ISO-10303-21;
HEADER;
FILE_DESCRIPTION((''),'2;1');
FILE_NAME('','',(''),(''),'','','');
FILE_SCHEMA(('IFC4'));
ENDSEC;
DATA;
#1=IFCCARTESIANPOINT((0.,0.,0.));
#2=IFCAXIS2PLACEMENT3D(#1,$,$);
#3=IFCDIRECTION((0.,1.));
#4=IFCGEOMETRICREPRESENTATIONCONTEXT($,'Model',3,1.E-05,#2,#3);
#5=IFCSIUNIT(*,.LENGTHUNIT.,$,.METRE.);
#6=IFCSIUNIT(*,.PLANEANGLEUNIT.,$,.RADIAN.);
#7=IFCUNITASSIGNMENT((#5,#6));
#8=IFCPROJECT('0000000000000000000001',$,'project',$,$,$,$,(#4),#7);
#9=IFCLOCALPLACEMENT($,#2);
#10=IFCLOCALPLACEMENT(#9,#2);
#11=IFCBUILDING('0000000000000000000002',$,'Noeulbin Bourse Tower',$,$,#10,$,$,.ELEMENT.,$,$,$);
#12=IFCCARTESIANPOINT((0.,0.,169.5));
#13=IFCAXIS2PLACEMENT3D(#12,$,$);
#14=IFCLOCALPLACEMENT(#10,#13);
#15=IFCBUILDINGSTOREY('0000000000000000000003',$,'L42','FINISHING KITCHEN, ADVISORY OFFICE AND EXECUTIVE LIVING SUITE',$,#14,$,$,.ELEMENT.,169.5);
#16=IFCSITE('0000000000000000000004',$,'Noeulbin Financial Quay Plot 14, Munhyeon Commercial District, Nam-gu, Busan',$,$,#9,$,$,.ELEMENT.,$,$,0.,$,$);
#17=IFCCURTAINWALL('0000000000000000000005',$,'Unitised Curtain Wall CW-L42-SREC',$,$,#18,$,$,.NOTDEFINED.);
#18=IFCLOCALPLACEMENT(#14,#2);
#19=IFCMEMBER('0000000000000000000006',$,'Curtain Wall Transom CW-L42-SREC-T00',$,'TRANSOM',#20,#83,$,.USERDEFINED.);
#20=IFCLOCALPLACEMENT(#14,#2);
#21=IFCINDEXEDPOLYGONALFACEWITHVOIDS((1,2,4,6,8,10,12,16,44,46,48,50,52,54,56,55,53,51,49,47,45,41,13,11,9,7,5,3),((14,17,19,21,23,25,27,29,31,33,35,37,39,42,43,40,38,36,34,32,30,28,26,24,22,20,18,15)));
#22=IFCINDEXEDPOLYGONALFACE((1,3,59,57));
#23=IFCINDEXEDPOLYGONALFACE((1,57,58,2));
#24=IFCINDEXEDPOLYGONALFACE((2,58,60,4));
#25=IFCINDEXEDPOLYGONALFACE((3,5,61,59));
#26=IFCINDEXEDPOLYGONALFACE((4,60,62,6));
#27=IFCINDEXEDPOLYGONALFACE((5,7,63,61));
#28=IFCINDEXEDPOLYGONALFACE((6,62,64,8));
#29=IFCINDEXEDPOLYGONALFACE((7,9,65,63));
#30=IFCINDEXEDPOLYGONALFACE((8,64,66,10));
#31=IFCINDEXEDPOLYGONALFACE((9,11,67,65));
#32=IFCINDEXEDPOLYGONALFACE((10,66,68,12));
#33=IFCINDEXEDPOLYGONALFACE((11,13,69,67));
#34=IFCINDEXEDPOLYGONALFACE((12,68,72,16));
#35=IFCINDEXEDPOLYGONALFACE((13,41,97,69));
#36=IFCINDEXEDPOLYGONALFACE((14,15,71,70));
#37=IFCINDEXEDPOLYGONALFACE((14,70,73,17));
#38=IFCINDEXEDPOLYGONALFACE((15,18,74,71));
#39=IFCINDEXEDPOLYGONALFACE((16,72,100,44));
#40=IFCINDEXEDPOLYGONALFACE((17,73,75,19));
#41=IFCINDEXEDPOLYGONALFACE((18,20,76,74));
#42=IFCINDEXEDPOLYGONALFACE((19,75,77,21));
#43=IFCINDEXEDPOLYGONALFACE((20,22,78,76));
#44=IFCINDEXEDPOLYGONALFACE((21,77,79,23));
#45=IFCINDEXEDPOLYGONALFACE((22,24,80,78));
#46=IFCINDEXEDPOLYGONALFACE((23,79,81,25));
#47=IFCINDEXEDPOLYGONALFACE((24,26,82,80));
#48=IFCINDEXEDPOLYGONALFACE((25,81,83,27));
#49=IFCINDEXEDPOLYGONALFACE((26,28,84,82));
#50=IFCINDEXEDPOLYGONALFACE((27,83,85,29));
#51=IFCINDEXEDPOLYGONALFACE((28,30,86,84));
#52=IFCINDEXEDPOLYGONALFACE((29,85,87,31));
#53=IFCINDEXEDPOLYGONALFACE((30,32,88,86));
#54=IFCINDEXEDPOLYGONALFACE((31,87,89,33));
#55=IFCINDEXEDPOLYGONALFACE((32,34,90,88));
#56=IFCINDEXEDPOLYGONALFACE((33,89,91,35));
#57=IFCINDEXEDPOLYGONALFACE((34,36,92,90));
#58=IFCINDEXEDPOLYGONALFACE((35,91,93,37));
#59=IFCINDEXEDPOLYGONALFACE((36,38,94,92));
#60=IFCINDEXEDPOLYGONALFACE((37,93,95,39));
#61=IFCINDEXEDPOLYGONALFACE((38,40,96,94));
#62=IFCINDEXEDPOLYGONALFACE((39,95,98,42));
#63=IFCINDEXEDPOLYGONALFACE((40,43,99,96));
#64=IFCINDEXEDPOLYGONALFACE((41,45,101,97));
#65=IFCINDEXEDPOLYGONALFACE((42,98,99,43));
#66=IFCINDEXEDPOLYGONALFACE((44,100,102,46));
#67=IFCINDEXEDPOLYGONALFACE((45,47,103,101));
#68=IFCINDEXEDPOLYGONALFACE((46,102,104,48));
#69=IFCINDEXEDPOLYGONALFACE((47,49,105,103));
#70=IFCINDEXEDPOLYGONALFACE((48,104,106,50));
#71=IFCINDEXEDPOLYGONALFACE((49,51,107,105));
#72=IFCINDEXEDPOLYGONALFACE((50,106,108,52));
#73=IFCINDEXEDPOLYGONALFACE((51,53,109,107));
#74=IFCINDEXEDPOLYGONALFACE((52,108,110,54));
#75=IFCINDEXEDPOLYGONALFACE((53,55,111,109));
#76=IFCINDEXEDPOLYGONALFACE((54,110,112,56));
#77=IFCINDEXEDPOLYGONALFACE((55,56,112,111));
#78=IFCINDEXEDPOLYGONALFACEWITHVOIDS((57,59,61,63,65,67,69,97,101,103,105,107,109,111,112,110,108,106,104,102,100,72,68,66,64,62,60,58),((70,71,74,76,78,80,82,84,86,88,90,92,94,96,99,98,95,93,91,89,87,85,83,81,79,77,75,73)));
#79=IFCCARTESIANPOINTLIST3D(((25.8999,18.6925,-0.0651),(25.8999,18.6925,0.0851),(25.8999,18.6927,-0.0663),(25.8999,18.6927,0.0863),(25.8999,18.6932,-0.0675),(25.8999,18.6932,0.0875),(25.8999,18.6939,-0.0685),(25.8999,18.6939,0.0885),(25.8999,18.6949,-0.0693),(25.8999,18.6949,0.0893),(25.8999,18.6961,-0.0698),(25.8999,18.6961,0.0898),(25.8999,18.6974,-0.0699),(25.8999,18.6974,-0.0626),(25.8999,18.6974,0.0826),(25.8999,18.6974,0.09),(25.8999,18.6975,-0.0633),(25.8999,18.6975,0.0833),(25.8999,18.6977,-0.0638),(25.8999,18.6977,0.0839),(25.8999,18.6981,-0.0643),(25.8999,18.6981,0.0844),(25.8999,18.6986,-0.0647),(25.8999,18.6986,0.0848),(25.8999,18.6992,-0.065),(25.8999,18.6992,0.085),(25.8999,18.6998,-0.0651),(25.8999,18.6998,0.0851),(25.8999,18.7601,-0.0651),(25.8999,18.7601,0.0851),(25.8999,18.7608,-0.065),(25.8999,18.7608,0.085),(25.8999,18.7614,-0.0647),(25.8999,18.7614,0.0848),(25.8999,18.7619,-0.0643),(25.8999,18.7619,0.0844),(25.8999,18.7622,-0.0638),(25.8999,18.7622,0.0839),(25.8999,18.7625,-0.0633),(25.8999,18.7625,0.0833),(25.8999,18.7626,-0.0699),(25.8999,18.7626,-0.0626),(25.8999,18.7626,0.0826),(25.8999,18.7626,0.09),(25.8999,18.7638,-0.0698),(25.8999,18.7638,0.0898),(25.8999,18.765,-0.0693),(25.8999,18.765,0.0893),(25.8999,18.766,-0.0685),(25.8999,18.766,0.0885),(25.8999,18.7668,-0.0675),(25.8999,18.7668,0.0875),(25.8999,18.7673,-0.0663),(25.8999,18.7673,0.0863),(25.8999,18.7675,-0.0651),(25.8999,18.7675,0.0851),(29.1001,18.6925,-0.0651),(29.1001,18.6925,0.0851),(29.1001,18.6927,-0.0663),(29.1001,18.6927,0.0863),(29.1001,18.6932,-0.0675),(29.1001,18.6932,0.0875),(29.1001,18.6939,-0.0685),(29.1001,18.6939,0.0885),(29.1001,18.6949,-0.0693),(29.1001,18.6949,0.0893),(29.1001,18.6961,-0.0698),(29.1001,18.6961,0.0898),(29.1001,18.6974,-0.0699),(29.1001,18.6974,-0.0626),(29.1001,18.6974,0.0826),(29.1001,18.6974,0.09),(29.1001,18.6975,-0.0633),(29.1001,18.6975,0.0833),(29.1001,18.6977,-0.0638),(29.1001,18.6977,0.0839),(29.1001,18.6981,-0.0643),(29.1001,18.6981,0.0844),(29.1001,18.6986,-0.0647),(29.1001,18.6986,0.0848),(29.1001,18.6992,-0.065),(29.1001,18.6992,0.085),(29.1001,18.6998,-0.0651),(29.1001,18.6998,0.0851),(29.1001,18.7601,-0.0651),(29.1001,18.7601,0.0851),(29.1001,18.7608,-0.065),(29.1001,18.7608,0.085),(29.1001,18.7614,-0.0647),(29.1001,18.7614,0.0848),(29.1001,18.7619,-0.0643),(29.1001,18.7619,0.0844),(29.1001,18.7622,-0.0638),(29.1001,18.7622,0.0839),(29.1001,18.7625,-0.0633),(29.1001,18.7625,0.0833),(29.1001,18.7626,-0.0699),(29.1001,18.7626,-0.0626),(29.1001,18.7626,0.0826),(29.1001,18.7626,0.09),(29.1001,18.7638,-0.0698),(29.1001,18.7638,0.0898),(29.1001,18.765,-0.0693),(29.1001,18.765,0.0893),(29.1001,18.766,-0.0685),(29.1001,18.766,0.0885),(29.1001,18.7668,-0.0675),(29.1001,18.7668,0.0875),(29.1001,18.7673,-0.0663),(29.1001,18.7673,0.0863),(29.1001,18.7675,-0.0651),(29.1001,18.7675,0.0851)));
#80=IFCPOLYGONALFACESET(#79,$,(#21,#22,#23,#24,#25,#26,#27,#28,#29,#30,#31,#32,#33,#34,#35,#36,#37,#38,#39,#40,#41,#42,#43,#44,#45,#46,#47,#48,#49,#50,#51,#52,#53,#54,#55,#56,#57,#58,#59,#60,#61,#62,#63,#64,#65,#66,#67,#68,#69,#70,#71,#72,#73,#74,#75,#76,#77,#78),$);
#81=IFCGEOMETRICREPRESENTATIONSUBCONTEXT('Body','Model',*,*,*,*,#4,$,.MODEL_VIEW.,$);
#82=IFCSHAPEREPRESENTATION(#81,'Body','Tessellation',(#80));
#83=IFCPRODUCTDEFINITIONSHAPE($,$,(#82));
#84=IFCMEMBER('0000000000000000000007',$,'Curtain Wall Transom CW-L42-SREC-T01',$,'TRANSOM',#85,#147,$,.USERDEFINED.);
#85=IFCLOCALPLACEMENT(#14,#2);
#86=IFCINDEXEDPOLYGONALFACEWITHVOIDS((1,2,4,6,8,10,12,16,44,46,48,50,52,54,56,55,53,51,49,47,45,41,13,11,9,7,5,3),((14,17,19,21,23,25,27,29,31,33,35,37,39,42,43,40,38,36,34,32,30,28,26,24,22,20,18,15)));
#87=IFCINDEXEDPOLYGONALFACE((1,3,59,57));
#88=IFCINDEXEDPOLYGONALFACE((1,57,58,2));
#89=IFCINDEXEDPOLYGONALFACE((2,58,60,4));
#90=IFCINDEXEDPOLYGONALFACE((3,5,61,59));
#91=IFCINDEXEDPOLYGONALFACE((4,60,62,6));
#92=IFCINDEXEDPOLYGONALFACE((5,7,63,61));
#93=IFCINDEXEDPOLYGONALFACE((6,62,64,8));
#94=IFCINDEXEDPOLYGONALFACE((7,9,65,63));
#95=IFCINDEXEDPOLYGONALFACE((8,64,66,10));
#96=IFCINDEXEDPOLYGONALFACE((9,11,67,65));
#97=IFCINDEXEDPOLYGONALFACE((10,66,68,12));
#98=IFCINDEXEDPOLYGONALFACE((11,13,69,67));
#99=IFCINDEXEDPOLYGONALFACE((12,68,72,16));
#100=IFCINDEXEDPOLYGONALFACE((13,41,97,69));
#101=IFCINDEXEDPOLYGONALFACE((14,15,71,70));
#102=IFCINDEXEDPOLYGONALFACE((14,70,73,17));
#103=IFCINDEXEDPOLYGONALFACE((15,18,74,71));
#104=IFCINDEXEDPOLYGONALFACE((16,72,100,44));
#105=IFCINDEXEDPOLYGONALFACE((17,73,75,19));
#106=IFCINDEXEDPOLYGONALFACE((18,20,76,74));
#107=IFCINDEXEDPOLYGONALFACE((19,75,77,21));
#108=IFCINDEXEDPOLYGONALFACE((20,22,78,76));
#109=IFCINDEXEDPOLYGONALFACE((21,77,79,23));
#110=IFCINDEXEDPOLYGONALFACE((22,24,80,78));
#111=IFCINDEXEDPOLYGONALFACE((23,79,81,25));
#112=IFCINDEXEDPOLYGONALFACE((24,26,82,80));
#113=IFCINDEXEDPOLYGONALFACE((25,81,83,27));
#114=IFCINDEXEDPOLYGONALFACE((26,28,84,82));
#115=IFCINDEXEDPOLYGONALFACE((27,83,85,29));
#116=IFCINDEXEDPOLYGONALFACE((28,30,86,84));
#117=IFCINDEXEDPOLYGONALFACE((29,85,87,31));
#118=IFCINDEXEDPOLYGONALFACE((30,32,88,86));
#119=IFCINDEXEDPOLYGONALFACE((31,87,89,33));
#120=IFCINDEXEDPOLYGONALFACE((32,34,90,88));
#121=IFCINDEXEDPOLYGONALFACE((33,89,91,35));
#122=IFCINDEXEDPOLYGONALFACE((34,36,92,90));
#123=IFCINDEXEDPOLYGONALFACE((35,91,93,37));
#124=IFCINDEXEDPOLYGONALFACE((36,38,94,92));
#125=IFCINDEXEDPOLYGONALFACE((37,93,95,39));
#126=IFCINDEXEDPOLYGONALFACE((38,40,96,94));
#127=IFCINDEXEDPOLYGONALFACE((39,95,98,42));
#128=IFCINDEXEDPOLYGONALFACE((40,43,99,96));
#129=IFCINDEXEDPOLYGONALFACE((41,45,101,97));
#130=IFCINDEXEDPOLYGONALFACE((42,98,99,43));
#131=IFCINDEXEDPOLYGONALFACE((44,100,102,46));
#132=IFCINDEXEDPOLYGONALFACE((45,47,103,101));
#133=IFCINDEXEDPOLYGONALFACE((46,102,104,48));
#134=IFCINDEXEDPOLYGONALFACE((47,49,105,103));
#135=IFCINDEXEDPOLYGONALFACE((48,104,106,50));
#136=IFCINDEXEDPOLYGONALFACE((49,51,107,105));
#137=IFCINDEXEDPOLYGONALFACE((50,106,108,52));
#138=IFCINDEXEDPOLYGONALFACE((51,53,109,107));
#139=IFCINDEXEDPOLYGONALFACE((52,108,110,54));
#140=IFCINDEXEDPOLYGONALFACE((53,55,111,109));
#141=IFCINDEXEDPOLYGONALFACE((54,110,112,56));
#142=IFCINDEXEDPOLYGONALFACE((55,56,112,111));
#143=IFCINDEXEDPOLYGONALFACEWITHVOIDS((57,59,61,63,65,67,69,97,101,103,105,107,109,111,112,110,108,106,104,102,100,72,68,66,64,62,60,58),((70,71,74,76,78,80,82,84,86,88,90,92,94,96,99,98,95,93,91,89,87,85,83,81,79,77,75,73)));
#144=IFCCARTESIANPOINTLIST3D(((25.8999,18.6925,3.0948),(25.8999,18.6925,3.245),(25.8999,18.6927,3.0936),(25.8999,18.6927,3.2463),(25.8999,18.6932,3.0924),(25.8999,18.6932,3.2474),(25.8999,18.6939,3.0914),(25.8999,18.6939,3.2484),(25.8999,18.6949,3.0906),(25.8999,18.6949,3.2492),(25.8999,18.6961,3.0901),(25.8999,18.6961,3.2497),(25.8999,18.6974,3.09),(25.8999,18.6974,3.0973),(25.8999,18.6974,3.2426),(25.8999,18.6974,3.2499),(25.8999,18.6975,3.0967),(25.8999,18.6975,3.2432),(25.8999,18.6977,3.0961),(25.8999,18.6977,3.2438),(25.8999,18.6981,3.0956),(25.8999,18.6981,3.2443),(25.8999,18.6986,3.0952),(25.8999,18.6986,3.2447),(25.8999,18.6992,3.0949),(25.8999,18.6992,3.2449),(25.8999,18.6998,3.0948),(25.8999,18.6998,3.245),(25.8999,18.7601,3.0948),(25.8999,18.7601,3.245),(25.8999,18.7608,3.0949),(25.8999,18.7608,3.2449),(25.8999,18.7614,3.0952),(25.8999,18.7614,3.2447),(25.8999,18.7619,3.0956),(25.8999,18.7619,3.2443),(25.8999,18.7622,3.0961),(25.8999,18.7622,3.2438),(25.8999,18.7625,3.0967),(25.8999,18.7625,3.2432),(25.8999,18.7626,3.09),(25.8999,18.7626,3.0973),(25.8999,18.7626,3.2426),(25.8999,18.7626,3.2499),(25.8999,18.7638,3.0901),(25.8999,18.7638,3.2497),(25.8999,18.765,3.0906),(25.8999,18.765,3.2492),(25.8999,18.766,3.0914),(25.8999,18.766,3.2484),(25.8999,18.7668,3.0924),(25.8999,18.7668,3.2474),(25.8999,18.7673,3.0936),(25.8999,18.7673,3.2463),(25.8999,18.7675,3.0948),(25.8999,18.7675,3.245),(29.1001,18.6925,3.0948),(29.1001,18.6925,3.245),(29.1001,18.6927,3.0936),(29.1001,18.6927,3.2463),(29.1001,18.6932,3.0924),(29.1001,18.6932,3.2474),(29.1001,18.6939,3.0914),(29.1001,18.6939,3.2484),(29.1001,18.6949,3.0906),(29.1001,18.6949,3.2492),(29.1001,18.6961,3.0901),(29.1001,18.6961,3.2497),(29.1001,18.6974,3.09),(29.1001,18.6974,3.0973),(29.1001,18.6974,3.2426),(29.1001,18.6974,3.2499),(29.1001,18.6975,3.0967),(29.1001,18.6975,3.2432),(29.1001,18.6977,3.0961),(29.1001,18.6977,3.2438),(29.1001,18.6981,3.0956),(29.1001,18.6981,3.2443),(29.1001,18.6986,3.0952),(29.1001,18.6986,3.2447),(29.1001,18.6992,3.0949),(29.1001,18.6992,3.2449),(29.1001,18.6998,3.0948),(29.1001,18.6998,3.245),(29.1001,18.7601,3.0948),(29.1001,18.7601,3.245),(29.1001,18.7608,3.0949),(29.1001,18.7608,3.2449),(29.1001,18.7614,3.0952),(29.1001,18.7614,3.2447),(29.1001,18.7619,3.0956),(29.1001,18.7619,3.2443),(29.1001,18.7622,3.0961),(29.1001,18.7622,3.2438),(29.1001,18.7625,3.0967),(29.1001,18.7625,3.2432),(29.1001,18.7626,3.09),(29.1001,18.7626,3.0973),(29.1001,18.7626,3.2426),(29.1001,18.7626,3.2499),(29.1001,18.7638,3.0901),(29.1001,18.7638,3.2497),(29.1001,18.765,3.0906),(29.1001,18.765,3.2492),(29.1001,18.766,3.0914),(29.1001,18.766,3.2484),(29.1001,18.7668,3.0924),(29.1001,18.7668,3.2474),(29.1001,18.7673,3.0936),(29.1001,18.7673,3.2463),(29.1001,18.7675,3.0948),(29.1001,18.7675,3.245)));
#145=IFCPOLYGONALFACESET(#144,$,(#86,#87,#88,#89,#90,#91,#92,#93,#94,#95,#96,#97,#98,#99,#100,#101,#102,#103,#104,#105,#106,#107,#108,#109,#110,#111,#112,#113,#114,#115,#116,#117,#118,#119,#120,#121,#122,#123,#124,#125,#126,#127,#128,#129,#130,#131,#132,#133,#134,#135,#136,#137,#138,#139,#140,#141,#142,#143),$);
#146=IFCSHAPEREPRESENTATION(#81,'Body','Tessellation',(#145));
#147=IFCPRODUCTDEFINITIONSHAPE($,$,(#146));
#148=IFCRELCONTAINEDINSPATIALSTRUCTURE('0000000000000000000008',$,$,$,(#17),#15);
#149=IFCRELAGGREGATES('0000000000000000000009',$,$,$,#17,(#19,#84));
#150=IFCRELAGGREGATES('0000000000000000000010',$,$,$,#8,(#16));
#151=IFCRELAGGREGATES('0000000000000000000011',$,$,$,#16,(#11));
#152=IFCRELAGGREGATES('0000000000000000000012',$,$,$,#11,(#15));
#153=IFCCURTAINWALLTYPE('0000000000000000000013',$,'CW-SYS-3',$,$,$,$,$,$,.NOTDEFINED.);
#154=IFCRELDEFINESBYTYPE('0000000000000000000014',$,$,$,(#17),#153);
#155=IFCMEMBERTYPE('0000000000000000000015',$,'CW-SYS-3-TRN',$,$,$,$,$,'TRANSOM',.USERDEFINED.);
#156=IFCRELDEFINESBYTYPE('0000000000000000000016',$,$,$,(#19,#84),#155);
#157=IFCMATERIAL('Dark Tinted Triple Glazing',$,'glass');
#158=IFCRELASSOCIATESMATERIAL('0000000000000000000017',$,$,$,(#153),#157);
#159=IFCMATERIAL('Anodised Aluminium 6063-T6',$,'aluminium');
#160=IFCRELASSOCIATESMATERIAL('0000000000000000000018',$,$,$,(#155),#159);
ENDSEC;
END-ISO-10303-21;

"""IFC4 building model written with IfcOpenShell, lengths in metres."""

from ifc_helpers import new_model, si_unit, direction, frame, origin, origin_2d, place, context, subcontext, project, spatial, hollow_rectangle, extrude, material, material_profile, profile_set, type_object, element, aggregate, save


model = new_model("IFC4")

# Units and contexts
model_context = context("Model", 3, precision=1e-05, world=origin(), true_north=direction((0.0, 1.0)))
body_context = subcontext(model_context, "Body", "Model", "MODEL_VIEW")
ifc_project = project(units=[si_unit("LENGTHUNIT", "METRE"), si_unit("PLANEANGLEUNIT", "RADIAN")], contexts=[model_context])

# Site, building, storey
site_placement = place(None, origin())
site = spatial("IfcSite", under=ifc_project, at=site_placement, Name="Noeulbin Financial Quay Plot 14, Munhyeon Commercial District, Nam-gu, Busan", CompositionType="ELEMENT", RefElevation=0.0)
building_placement = place(site_placement, origin())
building = spatial("IfcBuilding", under=site, at=building_placement, Name="Noeulbin Bourse Tower", CompositionType="ELEMENT")
storey_placement = place(building_placement, frame((0.0, 0.0, 169.5)))
storey = spatial("IfcBuildingStorey", under=building, at=storey_placement, Name="L42", Description="FINISHING KITCHEN, ADVISORY OFFICE AND EXECUTIVE LIVING SUITE", CompositionType="ELEMENT", Elevation=169.5)

# Curtain wall
ifc_material_1 = material(Name="Dark Tinted Triple Glazing", Category="glass")
curtain_wall_type = type_object("IfcCurtainWallType", Name="CW-SYS-3", PredefinedType="NOTDEFINED", material=ifc_material_1)
curtain_wall_1_placement = place(storey_placement, origin())
curtain_wall_1 = element("IfcCurtainWall", 1, at=curtain_wall_1_placement, inside=storey, type_object=curtain_wall_type, Name="Unitised Curtain Wall CW-L42-SREC", PredefinedType="NOTDEFINED")
ifc_material_2 = material(Name="Anodised Aluminium 6063-T6", Category="aluminium")

# Members
ifc_material_profile_1 = material_profile(ifc_material_2, hollow_rectangle(XDim=0.075, YDim=0.1599, WallThickness=0.0049, InnerFilletRadius=0.0024, OuterFilletRadius=0.0049, at=origin_2d()), Name="ALU-TRAN-75x160x5", Category="LoadBearing")
ifc_profile_set_1 = profile_set([ifc_material_profile_1], Name="Anodised Aluminium 6063-T6")
member_type_1 = type_object("IfcMemberType", Name="CW-SYS-3-TRN", ElementType="TRANSOM", PredefinedType="USERDEFINED", material=ifc_profile_set_1)
member_1_placement = place(storey_placement, frame((25.8999, 18.73, 0.01), z_axis=(1.0, 0.0, 0.0), x_axis=(0.0, 1.0, 0.0)))
member_1 = element("IfcMember", 2, at=member_1_placement, type_object=member_type_1, Name="Curtain Wall Transom CW-L42-SREC-T00", ObjectType="TRANSOM", PredefinedType="USERDEFINED", context=body_context, shape_type="SweptSolid", body=[
    extrude(hollow_rectangle(XDim=0.075, YDim=0.1599, WallThickness=0.0049, InnerFilletRadius=0.0024, OuterFilletRadius=0.0049, at=origin_2d()), origin(), (0.0, 0.0, 1.0), 3.2002),
])
member_2_placement = place(storey_placement, frame((25.8999, 18.73, 3.1699), z_axis=(1.0, 0.0, 0.0), x_axis=(0.0, 1.0, 0.0)))
member_2 = element("IfcMember", 3, at=member_2_placement, type_object=member_type_1, Name="Curtain Wall Transom CW-L42-SREC-T01", ObjectType="TRANSOM", PredefinedType="USERDEFINED", context=body_context, shape_type="SweptSolid", body=[
    extrude(hollow_rectangle(XDim=0.075, YDim=0.1599, WallThickness=0.0049, InnerFilletRadius=0.0024, OuterFilletRadius=0.0049, at=origin_2d()), origin(), (0.0, 0.0, 1.0), 3.2002),
])

aggregate(curtain_wall_1, [member_1, member_2])

save(model, "model.ifc")
